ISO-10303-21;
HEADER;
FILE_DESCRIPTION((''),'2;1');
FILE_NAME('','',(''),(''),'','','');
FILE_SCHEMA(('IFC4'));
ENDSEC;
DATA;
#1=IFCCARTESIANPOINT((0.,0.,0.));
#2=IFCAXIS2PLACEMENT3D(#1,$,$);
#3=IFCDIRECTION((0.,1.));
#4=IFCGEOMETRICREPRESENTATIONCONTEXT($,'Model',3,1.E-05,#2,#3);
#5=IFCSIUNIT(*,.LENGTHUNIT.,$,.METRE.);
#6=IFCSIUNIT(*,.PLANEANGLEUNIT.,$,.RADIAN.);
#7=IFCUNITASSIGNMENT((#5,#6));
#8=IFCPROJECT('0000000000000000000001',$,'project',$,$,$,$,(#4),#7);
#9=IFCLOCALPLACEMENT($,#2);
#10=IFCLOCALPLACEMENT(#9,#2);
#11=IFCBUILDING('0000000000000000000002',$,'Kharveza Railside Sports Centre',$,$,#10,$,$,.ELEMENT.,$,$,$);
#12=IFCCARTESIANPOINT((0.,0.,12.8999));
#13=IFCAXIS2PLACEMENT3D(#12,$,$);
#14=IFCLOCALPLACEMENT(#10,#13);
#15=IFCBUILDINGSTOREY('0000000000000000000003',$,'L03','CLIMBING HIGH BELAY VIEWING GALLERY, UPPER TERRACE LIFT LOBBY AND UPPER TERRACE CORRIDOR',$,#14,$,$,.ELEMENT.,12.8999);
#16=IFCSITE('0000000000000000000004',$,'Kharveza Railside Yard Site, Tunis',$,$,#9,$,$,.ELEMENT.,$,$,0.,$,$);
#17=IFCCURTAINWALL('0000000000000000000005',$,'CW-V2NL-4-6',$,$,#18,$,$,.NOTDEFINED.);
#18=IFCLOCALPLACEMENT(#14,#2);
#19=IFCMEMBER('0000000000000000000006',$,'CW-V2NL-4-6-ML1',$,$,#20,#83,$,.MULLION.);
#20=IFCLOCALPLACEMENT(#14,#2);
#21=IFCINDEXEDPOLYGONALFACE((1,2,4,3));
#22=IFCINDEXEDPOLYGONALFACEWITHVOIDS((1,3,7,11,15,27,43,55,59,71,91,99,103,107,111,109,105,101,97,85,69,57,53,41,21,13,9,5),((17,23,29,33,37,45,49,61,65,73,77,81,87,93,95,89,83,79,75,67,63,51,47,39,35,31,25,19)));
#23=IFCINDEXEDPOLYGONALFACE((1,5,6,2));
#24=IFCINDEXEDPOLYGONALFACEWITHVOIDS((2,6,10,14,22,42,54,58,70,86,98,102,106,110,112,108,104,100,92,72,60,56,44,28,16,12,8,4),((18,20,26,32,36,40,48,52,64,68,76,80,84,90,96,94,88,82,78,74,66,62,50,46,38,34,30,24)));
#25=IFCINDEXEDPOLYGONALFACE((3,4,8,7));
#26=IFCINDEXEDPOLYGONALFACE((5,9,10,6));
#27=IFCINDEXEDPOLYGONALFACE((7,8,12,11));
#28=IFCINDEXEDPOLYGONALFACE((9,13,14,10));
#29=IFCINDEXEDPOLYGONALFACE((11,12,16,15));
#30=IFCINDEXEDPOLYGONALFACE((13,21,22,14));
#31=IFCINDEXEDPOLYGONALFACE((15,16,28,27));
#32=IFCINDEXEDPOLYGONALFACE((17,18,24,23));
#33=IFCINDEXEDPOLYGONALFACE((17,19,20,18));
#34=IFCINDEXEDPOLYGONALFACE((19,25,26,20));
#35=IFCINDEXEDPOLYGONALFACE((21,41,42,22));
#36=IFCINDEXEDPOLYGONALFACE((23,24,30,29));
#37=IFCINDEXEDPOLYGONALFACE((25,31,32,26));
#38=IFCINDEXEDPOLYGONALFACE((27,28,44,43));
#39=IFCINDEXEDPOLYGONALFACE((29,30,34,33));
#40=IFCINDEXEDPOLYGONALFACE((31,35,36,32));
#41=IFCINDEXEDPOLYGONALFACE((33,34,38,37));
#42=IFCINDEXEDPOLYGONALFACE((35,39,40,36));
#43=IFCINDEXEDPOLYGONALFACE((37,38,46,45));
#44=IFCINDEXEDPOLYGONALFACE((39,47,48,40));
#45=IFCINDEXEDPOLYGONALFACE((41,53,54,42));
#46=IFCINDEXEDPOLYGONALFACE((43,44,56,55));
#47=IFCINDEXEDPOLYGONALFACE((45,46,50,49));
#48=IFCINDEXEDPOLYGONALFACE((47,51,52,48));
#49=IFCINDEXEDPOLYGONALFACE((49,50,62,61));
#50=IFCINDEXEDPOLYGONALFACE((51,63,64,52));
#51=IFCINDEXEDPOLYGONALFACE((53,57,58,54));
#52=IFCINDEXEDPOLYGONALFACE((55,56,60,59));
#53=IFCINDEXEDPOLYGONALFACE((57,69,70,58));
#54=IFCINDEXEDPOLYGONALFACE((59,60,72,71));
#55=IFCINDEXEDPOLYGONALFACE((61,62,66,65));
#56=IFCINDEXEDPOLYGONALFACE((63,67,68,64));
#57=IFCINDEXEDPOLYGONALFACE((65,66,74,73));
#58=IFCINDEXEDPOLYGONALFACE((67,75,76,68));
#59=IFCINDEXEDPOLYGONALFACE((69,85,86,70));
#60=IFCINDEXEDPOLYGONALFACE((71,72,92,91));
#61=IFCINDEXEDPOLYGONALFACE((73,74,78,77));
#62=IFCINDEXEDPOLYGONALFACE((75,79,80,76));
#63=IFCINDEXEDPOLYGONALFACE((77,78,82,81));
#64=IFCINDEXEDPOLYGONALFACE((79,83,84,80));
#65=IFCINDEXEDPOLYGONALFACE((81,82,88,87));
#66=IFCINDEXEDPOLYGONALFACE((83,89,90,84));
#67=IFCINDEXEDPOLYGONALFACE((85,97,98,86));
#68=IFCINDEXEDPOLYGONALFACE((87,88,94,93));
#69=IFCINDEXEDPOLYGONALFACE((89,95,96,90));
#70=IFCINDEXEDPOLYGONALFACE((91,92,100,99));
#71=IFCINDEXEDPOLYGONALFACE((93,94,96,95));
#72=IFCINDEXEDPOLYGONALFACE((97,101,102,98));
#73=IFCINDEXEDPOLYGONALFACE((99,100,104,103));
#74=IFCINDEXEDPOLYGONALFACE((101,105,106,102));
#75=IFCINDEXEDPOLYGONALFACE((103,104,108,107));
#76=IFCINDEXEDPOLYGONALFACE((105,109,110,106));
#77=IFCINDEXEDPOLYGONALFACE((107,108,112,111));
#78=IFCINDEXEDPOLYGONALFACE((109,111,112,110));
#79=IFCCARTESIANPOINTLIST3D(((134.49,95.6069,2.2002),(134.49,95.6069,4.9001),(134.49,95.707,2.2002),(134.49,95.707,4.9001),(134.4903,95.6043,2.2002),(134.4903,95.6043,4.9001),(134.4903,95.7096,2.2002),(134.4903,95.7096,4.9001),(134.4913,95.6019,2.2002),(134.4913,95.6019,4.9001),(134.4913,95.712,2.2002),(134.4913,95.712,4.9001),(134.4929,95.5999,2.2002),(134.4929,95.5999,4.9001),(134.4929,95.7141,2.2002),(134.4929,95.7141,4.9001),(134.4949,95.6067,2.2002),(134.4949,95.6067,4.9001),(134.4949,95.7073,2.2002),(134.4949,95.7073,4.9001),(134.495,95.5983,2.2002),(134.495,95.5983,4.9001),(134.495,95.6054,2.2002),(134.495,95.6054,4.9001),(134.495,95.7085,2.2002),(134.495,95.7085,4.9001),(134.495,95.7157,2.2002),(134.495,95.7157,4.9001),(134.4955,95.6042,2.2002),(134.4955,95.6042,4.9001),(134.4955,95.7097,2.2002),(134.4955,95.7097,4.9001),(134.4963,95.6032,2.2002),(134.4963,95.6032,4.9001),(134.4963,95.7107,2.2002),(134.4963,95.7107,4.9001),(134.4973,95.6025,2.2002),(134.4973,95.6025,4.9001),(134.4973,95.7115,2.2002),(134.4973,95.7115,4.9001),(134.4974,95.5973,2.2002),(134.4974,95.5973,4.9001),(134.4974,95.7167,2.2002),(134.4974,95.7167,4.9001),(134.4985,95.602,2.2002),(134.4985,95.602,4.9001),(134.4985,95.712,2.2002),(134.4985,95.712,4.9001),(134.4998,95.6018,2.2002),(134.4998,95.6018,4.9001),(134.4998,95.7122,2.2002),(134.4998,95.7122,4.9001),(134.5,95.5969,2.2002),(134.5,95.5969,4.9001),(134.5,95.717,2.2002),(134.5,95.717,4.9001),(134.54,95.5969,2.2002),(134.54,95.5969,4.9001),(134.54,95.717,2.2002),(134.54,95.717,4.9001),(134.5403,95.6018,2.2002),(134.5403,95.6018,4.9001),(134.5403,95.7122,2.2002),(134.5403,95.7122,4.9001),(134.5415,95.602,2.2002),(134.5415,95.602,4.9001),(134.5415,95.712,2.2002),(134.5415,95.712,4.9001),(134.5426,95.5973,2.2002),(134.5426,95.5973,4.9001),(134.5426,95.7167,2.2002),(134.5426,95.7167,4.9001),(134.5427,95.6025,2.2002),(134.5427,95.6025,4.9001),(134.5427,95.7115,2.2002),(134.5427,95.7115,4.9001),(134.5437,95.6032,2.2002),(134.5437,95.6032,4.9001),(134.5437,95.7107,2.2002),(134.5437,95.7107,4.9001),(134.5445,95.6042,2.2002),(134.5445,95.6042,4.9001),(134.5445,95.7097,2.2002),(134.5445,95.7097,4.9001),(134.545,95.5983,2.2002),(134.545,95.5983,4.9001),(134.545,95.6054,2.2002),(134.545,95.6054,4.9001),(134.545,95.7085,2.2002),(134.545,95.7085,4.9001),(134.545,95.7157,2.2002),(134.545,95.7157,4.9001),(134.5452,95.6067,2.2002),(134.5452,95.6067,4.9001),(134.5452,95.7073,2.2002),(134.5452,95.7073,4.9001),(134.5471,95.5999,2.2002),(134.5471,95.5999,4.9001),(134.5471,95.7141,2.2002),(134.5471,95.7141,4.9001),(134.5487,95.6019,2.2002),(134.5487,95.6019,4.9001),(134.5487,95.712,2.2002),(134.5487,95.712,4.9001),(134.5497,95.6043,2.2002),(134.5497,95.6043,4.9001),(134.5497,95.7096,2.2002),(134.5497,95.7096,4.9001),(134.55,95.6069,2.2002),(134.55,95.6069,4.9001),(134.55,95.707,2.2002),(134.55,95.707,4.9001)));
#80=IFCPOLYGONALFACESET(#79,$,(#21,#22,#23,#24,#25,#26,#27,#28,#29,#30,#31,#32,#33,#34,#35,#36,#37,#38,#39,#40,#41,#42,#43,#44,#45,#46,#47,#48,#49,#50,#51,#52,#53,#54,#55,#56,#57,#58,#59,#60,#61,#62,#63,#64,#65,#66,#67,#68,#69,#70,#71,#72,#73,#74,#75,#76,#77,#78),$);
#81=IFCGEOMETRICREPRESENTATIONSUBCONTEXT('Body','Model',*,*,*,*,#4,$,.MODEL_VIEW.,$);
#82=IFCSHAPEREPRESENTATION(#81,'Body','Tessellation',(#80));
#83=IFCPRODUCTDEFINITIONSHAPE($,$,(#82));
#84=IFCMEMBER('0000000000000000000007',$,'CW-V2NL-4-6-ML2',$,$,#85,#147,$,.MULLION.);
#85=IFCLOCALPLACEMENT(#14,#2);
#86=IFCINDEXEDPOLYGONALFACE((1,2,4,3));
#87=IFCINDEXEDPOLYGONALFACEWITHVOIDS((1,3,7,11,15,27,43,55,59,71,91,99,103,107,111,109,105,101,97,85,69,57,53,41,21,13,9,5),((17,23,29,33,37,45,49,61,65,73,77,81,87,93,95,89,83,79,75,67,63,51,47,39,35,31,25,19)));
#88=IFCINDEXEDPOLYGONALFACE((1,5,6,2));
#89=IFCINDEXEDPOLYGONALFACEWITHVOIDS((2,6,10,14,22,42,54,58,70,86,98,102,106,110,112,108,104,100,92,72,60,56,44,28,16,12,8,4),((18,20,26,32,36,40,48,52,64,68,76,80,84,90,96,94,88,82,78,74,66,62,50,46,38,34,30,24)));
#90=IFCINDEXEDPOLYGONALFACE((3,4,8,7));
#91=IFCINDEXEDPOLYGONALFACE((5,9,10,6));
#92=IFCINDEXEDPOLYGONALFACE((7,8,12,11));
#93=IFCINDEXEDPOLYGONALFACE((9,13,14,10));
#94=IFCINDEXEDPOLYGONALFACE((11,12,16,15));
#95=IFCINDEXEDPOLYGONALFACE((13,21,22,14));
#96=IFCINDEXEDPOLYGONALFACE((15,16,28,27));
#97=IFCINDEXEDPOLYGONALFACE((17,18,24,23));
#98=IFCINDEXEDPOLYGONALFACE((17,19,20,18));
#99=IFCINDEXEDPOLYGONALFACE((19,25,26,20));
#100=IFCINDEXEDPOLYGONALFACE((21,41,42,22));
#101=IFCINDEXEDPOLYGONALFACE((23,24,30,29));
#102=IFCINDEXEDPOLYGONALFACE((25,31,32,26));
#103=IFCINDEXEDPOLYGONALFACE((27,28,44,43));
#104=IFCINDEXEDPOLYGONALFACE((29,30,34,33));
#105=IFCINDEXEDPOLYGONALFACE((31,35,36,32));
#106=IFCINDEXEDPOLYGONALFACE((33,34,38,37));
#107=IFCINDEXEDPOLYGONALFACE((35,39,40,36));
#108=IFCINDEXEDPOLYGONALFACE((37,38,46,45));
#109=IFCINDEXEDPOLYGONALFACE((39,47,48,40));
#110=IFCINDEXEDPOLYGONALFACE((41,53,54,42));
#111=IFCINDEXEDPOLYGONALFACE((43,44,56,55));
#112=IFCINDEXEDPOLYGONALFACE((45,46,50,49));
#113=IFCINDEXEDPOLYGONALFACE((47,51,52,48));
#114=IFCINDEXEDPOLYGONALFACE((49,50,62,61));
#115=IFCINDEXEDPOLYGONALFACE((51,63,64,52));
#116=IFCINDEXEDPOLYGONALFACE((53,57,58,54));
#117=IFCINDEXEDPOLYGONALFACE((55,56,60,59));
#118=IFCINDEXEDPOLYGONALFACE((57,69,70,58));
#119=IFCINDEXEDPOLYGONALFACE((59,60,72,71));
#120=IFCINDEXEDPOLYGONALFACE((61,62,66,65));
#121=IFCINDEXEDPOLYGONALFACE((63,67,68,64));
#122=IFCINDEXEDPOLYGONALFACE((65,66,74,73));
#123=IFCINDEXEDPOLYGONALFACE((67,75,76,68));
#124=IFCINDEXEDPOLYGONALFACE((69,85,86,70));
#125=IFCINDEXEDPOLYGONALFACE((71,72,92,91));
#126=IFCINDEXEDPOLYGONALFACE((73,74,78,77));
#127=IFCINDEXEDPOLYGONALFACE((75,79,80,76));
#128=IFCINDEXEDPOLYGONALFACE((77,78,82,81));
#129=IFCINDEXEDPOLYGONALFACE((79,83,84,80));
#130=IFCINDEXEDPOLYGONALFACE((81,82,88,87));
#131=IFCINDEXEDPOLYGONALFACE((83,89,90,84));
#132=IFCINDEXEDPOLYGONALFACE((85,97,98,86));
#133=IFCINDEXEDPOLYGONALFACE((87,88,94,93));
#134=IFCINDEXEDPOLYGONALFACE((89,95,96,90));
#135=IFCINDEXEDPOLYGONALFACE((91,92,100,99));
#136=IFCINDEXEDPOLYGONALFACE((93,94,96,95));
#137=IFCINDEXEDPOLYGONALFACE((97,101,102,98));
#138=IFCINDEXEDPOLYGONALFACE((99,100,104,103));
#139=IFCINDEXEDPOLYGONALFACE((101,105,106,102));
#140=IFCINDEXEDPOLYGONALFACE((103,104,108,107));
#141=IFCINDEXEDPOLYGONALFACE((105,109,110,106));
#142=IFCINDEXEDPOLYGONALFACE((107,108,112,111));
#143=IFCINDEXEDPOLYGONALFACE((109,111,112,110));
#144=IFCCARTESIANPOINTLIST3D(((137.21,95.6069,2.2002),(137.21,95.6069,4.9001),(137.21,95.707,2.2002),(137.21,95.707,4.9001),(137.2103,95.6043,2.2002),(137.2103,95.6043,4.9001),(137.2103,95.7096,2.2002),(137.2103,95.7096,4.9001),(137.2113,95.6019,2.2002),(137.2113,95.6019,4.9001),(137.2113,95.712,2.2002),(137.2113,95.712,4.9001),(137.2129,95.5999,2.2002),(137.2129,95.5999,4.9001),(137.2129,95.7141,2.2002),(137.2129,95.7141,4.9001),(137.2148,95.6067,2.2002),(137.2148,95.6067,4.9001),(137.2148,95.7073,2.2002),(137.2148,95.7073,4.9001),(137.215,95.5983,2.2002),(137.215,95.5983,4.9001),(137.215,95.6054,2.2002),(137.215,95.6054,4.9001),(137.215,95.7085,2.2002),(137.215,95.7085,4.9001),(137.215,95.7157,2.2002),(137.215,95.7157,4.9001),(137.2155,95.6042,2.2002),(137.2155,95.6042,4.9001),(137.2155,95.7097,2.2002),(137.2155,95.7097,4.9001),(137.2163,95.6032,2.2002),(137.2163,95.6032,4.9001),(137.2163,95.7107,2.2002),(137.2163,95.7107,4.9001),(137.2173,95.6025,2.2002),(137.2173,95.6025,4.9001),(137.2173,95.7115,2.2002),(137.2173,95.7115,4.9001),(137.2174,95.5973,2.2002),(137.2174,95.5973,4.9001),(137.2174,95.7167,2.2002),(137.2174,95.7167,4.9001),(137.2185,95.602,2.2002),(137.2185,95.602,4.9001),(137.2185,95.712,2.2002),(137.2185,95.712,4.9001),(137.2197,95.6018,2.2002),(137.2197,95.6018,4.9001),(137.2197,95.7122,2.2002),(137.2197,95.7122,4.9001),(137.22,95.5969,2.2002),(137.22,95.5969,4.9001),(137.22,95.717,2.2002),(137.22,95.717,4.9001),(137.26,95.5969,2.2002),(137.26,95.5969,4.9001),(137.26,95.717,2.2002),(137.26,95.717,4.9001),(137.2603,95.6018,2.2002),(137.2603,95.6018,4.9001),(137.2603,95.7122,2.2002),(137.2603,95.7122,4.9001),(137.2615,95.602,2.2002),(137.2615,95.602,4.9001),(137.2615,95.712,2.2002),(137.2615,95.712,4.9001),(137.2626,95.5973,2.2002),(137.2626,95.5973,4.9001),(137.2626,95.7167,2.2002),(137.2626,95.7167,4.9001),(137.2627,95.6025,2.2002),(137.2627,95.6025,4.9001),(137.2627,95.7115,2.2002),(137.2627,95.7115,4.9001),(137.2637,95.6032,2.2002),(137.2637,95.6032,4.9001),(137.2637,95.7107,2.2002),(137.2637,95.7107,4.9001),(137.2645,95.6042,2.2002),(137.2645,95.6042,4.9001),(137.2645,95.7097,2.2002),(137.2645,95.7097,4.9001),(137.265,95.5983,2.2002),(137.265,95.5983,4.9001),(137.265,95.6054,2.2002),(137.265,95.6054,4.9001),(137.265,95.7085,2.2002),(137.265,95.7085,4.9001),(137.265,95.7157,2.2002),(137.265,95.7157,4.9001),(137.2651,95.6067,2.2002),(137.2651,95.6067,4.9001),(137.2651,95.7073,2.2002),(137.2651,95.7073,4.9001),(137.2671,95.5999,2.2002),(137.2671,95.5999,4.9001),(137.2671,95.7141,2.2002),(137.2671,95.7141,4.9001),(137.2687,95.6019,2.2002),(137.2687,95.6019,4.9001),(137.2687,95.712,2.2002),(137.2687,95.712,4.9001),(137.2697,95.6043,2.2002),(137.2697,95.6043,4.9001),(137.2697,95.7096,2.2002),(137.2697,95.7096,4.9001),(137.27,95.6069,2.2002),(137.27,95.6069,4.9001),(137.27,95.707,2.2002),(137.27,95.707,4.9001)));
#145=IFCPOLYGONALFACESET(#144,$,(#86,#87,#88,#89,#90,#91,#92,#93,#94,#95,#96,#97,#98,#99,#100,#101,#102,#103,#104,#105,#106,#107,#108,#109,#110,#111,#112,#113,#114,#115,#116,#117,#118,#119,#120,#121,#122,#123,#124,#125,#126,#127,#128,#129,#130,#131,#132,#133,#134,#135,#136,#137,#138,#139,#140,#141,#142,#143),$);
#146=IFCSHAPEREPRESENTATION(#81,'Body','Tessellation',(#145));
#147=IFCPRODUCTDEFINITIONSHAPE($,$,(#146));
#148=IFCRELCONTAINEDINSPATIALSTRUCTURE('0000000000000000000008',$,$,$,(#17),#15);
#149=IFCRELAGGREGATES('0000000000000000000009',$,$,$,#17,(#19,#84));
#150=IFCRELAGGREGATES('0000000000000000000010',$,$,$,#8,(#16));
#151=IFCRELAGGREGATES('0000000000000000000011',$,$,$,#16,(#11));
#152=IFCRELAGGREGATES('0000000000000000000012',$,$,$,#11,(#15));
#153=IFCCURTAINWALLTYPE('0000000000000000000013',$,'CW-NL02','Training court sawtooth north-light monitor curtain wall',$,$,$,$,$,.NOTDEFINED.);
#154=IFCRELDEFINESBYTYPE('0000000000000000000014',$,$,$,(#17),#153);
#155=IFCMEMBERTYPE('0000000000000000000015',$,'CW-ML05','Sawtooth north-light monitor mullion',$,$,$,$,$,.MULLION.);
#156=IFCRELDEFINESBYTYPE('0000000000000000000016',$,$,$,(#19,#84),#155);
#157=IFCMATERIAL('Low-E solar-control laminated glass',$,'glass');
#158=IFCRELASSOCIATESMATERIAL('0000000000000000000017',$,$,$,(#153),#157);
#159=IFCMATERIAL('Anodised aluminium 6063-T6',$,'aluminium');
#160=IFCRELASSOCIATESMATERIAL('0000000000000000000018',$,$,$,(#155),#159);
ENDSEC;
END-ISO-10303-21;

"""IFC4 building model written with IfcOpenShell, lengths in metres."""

from ifc_helpers import new_model, si_unit, direction, frame, origin, origin_2d, place, context, subcontext, project, spatial, hollow_rectangle, extrude, material, material_profile, profile_set, type_object, element, aggregate, save


model = new_model("IFC4")

# Units and contexts
model_context = context("Model", 3, precision=1e-05, world=origin(), true_north=direction((0.0, 1.0)))
body_context = subcontext(model_context, "Body", "Model", "MODEL_VIEW")
ifc_project = project(units=[si_unit("LENGTHUNIT", "METRE"), si_unit("PLANEANGLEUNIT", "RADIAN")], contexts=[model_context])

# Site, building, storey
site_placement = place(None, origin())
site = spatial("IfcSite", under=ifc_project, at=site_placement, Name="Kharveza Railside Yard Site, Tunis", CompositionType="ELEMENT", RefElevation=0.0)
building_placement = place(site_placement, origin())
building = spatial("IfcBuilding", under=site, at=building_placement, Name="Kharveza Railside Sports Centre", CompositionType="ELEMENT")
storey_placement = place(building_placement, frame((0.0, 0.0, 12.8999)))
storey = spatial("IfcBuildingStorey", under=building, at=storey_placement, Name="L03", Description="CLIMBING HIGH BELAY VIEWING GALLERY, UPPER TERRACE LIFT LOBBY AND UPPER TERRACE CORRIDOR", CompositionType="ELEMENT", Elevation=12.8999)

# Curtain wall, members
ifc_material_1 = material(Name="Low-E solar-control laminated glass", Category="glass")
curtain_wall_type = type_object("IfcCurtainWallType", Name="CW-NL02", Description="Training court sawtooth north-light monitor curtain wall", PredefinedType="NOTDEFINED", material=ifc_material_1)
ifc_material_2 = material(Name="Anodised aluminium 6063-T6", Category="aluminium")
ifc_material_profile_1 = material_profile(ifc_material_2, hollow_rectangle(XDim=0.0601, YDim=0.1201, WallThickness=0.0049, InnerFilletRadius=0.0049, OuterFilletRadius=0.01, at=origin_2d()), Name="RHS 60x120x5.0")
ifc_profile_set_1 = profile_set([ifc_material_profile_1], Name="Anodised aluminium 6063-T6")
member_type_1 = type_object("IfcMemberType", Name="CW-ML05", Description="Sawtooth north-light monitor mullion", PredefinedType="MULLION", material=ifc_profile_set_1)
curtain_wall_1_placement = place(storey_placement, origin())
curtain_wall_1 = element("IfcCurtainWall", 1, at=curtain_wall_1_placement, inside=storey, type_object=curtain_wall_type, Name="CW-V2NL-4-6", PredefinedType="NOTDEFINED")
member_1_placement = place(storey_placement, frame((134.52, 95.657, 2.2002), z_axis=(0.0, 0.0, 1.0), x_axis=(1.0, 0.0, 0.0)))
member_1 = element("IfcMember", 2, at=member_1_placement, type_object=member_type_1, Name="CW-V2NL-4-6-ML1", PredefinedType="MULLION", context=body_context, shape_type="SweptSolid", body=[
    extrude(hollow_rectangle(XDim=0.0601, YDim=0.1201, WallThickness=0.0049, InnerFilletRadius=0.0049, OuterFilletRadius=0.01, at=origin_2d()), origin(), (0.0, 0.0, 1.0), 2.7),
])
member_2_placement = place(storey_placement, frame((137.24, 95.657, 2.2002), z_axis=(0.0, 0.0, 1.0), x_axis=(1.0, 0.0, 0.0)))
member_2 = element("IfcMember", 3, at=member_2_placement, type_object=member_type_1, Name="CW-V2NL-4-6-ML2", PredefinedType="MULLION", context=body_context, shape_type="SweptSolid", body=[
    extrude(hollow_rectangle(XDim=0.0601, YDim=0.1201, WallThickness=0.0049, InnerFilletRadius=0.0049, OuterFilletRadius=0.01, at=origin_2d()), origin(), (0.0, 0.0, 1.0), 2.7),
])

aggregate(curtain_wall_1, [member_1, member_2])

save(model, "model.ifc")
